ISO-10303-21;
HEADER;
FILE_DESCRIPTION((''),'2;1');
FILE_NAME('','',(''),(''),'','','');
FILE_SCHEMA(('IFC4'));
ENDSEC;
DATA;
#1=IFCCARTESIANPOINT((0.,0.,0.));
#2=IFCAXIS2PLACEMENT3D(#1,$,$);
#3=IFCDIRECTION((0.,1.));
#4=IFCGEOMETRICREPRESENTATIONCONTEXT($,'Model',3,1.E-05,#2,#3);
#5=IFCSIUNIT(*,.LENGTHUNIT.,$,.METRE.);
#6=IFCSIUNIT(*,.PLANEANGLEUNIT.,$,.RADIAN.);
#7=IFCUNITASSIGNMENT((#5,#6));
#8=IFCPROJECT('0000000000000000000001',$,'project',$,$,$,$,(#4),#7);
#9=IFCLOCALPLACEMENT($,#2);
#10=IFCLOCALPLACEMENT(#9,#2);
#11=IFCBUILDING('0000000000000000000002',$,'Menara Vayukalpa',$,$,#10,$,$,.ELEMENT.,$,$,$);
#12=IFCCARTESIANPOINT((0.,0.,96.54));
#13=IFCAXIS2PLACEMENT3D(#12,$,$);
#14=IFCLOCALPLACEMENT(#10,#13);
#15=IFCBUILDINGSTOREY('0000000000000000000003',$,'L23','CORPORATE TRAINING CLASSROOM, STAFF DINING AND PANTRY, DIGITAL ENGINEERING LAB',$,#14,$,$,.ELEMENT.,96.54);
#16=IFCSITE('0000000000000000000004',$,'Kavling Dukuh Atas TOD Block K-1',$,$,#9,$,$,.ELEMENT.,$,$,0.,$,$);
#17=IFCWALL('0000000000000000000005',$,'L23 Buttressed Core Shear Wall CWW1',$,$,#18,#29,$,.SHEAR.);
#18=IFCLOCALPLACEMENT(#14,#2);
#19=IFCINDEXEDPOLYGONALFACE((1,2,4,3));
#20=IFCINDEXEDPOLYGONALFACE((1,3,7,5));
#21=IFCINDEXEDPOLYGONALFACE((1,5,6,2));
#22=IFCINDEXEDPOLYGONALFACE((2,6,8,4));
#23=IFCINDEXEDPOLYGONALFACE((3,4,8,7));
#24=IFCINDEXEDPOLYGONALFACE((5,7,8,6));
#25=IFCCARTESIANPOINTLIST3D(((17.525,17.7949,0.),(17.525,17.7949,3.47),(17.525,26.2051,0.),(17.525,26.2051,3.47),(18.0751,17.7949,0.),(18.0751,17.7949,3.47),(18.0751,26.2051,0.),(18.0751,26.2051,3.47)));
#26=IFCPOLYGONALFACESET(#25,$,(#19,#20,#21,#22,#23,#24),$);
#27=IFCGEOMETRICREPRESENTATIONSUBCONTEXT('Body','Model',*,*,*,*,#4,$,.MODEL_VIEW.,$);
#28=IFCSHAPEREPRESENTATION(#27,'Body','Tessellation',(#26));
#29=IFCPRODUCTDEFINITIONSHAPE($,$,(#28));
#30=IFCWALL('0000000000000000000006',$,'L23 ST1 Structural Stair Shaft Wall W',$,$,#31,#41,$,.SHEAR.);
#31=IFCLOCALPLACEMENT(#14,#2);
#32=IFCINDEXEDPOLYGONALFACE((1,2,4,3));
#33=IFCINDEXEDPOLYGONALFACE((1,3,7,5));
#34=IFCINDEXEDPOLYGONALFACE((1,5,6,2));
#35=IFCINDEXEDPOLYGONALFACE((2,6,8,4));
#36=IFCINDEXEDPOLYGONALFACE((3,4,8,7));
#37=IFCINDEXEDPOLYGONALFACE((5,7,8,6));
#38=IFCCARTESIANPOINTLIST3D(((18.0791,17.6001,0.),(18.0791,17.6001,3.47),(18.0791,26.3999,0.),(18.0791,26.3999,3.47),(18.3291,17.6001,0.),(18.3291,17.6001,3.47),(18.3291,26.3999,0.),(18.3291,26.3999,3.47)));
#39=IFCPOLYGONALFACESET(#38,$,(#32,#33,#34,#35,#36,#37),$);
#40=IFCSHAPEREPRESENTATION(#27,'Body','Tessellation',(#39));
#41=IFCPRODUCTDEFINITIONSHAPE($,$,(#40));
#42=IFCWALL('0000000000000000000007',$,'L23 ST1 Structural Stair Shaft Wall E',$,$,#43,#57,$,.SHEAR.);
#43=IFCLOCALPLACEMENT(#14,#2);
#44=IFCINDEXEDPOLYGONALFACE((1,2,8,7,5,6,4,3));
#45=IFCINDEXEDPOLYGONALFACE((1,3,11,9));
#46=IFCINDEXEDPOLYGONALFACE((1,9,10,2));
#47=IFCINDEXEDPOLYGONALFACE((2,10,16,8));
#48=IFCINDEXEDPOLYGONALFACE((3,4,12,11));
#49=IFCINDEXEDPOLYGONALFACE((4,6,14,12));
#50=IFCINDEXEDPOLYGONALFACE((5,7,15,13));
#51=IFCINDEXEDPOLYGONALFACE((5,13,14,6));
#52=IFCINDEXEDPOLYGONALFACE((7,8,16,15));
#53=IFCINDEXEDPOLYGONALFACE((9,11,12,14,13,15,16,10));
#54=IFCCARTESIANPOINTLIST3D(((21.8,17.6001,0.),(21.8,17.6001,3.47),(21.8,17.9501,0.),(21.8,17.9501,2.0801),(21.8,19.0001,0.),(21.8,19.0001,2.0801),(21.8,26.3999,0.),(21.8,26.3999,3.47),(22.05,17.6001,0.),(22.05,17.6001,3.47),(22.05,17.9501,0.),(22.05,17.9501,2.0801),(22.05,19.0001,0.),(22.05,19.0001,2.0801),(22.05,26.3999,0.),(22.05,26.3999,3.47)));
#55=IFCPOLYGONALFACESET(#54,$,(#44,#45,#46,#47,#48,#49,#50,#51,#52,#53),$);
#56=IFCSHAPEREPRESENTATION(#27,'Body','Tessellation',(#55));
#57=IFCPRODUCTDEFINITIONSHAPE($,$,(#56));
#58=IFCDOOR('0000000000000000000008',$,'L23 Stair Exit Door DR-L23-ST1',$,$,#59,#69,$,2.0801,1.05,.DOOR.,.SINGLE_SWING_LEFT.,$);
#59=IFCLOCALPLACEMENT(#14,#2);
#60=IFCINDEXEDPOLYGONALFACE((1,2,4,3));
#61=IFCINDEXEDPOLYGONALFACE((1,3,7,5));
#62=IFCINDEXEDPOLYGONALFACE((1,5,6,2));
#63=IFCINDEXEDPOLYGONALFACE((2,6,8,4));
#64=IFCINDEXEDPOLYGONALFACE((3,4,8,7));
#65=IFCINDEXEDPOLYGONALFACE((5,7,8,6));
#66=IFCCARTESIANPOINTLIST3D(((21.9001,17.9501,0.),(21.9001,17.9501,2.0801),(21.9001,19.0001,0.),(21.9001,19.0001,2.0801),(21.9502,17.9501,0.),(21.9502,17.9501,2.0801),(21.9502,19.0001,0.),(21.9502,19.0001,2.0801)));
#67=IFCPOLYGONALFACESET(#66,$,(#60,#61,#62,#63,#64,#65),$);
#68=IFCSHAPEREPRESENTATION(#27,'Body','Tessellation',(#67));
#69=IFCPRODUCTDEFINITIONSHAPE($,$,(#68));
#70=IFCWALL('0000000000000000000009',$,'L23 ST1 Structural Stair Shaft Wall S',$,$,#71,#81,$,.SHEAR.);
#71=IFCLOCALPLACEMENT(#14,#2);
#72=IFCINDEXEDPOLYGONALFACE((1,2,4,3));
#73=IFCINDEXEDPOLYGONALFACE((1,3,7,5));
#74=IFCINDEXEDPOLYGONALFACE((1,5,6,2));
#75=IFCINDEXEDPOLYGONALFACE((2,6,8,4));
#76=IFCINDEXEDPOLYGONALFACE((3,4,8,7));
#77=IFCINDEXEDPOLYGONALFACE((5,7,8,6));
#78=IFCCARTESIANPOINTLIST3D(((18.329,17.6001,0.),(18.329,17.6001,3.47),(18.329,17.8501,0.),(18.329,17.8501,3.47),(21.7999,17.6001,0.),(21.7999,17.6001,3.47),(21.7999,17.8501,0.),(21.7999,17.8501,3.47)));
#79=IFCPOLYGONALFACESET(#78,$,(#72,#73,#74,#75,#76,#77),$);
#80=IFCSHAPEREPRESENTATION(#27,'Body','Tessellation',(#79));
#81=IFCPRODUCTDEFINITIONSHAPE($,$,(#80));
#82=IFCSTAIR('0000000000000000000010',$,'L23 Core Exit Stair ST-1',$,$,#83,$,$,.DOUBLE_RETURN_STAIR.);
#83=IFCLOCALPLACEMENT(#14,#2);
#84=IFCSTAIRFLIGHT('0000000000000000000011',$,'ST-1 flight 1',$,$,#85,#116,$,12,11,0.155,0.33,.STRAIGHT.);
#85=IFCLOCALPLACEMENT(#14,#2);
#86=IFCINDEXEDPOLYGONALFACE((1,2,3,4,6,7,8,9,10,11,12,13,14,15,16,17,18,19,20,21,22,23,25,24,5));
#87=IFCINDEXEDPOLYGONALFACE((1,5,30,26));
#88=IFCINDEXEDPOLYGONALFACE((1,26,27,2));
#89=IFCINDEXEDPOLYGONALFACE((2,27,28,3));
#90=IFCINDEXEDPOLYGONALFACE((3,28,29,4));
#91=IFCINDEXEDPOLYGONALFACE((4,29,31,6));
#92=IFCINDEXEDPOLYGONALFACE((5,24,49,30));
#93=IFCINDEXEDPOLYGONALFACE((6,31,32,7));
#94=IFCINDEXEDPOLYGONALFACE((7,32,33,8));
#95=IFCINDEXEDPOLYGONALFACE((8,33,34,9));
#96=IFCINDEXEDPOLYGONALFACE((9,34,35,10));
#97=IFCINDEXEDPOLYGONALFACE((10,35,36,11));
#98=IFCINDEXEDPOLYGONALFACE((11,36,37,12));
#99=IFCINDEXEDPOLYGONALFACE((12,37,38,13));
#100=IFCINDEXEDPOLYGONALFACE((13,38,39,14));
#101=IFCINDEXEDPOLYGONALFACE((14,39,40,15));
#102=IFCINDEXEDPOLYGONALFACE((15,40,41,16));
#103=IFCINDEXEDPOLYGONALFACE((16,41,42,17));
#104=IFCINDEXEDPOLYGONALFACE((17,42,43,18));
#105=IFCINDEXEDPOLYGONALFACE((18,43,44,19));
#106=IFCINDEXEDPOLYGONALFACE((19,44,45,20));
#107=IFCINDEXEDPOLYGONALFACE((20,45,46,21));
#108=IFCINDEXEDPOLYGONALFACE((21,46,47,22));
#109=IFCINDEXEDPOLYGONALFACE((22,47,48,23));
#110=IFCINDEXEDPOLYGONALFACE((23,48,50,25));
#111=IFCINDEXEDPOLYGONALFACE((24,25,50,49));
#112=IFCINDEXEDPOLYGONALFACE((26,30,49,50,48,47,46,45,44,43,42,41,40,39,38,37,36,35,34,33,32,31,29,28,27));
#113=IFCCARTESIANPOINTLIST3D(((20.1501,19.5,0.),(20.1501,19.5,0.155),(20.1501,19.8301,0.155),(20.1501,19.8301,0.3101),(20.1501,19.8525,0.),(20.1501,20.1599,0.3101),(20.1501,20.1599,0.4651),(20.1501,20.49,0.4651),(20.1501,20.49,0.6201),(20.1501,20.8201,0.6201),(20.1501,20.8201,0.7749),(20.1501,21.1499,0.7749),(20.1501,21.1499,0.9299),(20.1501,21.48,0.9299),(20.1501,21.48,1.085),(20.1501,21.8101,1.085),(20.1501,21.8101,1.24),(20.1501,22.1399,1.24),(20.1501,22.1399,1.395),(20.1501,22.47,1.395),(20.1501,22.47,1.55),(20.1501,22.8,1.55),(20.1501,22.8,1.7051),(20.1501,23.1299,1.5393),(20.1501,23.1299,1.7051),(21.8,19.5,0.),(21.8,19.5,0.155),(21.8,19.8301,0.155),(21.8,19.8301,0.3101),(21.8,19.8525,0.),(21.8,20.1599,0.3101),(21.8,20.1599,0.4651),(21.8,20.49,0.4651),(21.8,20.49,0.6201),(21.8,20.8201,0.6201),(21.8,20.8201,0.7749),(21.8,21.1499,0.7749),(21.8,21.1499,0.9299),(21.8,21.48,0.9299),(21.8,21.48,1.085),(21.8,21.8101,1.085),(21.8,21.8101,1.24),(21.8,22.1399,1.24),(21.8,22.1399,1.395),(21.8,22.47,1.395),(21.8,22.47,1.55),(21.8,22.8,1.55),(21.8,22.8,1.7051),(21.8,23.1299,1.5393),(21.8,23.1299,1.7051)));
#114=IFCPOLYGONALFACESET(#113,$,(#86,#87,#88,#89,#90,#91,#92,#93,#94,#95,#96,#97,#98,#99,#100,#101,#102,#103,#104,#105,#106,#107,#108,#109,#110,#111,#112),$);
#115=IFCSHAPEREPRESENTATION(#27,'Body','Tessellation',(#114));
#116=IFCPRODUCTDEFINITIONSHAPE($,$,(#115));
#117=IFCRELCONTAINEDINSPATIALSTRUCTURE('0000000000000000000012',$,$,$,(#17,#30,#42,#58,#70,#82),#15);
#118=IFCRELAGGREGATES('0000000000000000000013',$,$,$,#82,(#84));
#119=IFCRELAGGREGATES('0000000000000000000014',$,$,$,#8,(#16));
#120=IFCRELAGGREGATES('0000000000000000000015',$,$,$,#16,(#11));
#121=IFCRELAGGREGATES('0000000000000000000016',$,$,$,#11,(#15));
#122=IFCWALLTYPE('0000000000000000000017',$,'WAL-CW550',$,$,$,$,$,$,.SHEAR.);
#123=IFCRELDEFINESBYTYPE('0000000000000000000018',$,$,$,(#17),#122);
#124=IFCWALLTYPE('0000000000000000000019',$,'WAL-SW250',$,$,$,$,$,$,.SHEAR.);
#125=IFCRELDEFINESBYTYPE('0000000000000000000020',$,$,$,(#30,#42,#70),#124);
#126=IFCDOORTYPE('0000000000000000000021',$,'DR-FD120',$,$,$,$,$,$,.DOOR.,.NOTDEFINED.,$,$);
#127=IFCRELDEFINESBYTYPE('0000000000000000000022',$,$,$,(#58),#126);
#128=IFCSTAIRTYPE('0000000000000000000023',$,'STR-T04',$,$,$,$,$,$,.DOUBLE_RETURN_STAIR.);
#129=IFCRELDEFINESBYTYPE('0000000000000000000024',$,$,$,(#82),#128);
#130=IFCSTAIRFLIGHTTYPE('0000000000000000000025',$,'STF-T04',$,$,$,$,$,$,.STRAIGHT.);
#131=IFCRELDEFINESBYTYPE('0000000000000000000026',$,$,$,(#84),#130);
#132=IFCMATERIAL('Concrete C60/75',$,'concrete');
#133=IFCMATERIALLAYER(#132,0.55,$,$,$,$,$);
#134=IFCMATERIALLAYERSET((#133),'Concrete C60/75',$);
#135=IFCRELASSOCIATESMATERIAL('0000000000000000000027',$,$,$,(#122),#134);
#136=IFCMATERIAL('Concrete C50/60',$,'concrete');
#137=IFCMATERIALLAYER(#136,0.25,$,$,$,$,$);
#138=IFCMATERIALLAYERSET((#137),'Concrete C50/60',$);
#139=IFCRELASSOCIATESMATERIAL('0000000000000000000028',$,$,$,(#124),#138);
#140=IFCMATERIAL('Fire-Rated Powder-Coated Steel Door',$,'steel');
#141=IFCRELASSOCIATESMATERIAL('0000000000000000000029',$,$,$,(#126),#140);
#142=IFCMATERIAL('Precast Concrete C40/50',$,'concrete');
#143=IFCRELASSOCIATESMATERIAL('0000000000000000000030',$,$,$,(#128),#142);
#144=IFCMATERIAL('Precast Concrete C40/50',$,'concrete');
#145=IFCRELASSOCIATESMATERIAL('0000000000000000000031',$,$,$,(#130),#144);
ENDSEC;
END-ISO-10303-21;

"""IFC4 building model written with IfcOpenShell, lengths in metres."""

from ifc_helpers import new_model, si_unit, direction, frame, frame_2d, origin, place, context, subcontext, project, spatial, polyline, rectangle, outline, extrude, material, layer, layer_set, type_object, element, fill, aggregate, save


model = new_model("IFC4")

# Units and contexts
model_context = context("Model", 3, precision=1e-05, world=origin(), true_north=direction((0.0, 1.0)))
body_context = subcontext(model_context, "Body", "Model", "MODEL_VIEW")
ifc_project = project(units=[si_unit("LENGTHUNIT", "METRE"), si_unit("PLANEANGLEUNIT", "RADIAN")], contexts=[model_context])

# Site, building, storey
site_placement = place(None, origin())
site = spatial("IfcSite", under=ifc_project, at=site_placement, Name="Kavling Dukuh Atas TOD Block K-1", CompositionType="ELEMENT", RefElevation=0.0)
building_placement = place(site_placement, origin())
building = spatial("IfcBuilding", under=site, at=building_placement, Name="Menara Vayukalpa", CompositionType="ELEMENT")
storey_placement = place(building_placement, frame((0.0, 0.0, 96.54)))
storey = spatial("IfcBuildingStorey", under=building, at=storey_placement, Name="L23", Description="CORPORATE TRAINING CLASSROOM, STAFF DINING AND PANTRY, DIGITAL ENGINEERING LAB", CompositionType="ELEMENT", Elevation=96.54)

# Walls
ifc_material_1 = material(Name="Concrete C60/75", Category="concrete")
ifc_layer_1 = layer(ifc_material_1, 0.55)
ifc_layer_set_1 = layer_set([ifc_layer_1], Name="Concrete C60/75")
wall_type_1 = type_object("IfcWallType", Name="WAL-CW550", PredefinedType="SHEAR", material=ifc_layer_set_1)
wall_1_placement = place(storey_placement, frame((17.8, 17.7949, 0.0), z_axis=(0.0, 0.0, 1.0), x_axis=(0.0, 1.0, 0.0)))
element("IfcWall", 1, at=wall_1_placement, inside=storey, type_object=wall_type_1, Name="L23 Buttressed Core Shear Wall CWW1", PredefinedType="SHEAR", context=body_context, shape_type="SweptSolid", body=[
    extrude(rectangle(XDim=8.4102, YDim=0.55, at=frame_2d((4.2051, 0.0))), origin(), (0.0, 0.0, 1.0), 3.47),
])
ifc_material_2 = material(Name="Concrete C50/60", Category="concrete")
ifc_layer_2 = layer(ifc_material_2, 0.25)
ifc_layer_set_2 = layer_set([ifc_layer_2], Name="Concrete C50/60")
wall_type_2 = type_object("IfcWallType", Name="WAL-SW250", PredefinedType="SHEAR", material=ifc_layer_set_2)
wall_2_placement = place(storey_placement, frame((18.2041, 17.6001, 0.0), z_axis=(0.0, 0.0, 1.0), x_axis=(0.0, 1.0, 0.0)))
element("IfcWall", 2, at=wall_2_placement, inside=storey, type_object=wall_type_2, Name="L23 ST1 Structural Stair Shaft Wall W", PredefinedType="SHEAR", context=body_context, shape_type="SweptSolid", body=[
    extrude(rectangle(XDim=8.7998, YDim=0.25, at=frame_2d((4.3999, 0.0))), origin(), (0.0, 0.0, 1.0), 3.47),
])

# Wall, opening, door
wall_3_placement = place(storey_placement, frame((21.925, 17.6001, 0.0), z_axis=(0.0, 0.0, 1.0), x_axis=(0.0, 1.0, 0.0)))
wall_3 = element("IfcWall", 3, at=wall_3_placement, inside=storey, type_object=wall_type_2, Name="L23 ST1 Structural Stair Shaft Wall E", PredefinedType="SHEAR", context=body_context, shape_type="SweptSolid", body=[
    extrude(rectangle(XDim=8.7998, YDim=0.25, at=frame_2d((4.3999, 0.0))), origin(), (0.0, 0.0, 1.0), 3.47),
])
opening_placement = place(wall_3_placement, frame((0.3501, 0.0, 0.0)))
opening = element("IfcOpeningElement", 4, at=opening_placement, cuts=wall_3, PredefinedType="OPENING", context=body_context, shape_type="SweptSolid", body=[
    extrude(rectangle(XDim=1.05, YDim=2.0801, at=frame_2d((0.5249, 1.04))), frame((0.0, 0.135, 0.0), z_axis=(0.0, -1.0, 0.0), x_axis=(1.0, 0.0, 0.0)), (0.0, 0.0, 1.0), 0.27),
])
ifc_material_3 = material(Name="Fire-Rated Powder-Coated Steel Door", Category="steel")
door_type = type_object("IfcDoorType", Name="DR-FD120", OperationType="NOTDEFINED", PredefinedType="DOOR", material=ifc_material_3)
door_placement = place(opening_placement, origin())
door = element("IfcDoor", 5, at=door_placement, inside=storey, type_object=door_type, Name="L23 Stair Exit Door DR-L23-ST1", OperationType="SINGLE_SWING_LEFT", OverallHeight=2.0801, OverallWidth=1.05, PredefinedType="DOOR", context=body_context, shape_type="SweptSolid", body=[
    extrude(rectangle(XDim=1.05, YDim=2.0801, at=frame_2d((0.5249, 1.04))), frame((0.0, 0.0249, 0.0), z_axis=(0.0, -1.0, 0.0), x_axis=(1.0, 0.0, 0.0)), (0.0, 0.0, 1.0), 0.05),
])
fill(opening, door)

# Wall
wall_4_placement = place(storey_placement, frame((18.3291, 17.7251, 0.0), z_axis=(0.0, 0.0, 1.0), x_axis=(1.0, 0.0, 0.0)))
element("IfcWall", 6, at=wall_4_placement, inside=storey, type_object=wall_type_2, Name="L23 ST1 Structural Stair Shaft Wall S", PredefinedType="SHEAR", context=body_context, shape_type="SweptSolid", body=[
    extrude(rectangle(XDim=3.4709, YDim=0.25, at=frame_2d((1.7354, 0.0))), origin(), (0.0, 0.0, 1.0), 3.47),
])

# Stair, stair flight
ifc_material_4 = material(Name="Precast Concrete C40/50", Category="concrete")
stair_type = type_object("IfcStairType", Name="STR-T04", PredefinedType="DOUBLE_RETURN_STAIR", material=ifc_material_4)
stair_placement = place(storey_placement, origin())
stair = element("IfcStair", 7, at=stair_placement, inside=storey, type_object=stair_type, Name="L23 Core Exit Stair ST-1", PredefinedType="DOUBLE_RETURN_STAIR")
ifc_material_5 = material(Name="Precast Concrete C40/50", Category="concrete")
stair_flight_type = type_object("IfcStairFlightType", Name="STF-T04", PredefinedType="STRAIGHT", material=ifc_material_5)
stair_flight_placement = place(storey_placement, frame((20.9751, 19.5, 0.0), z_axis=(0.0, 0.0, 1.0), x_axis=(0.0, 1.0, 0.0)))
stair_flight = element("IfcStairFlight", 8, at=stair_flight_placement, type_object=stair_flight_type, Name="ST-1 flight 1", NumberOfRisers=12, NumberOfTreads=11, PredefinedType="STRAIGHT", RiserHeight=0.155, TreadLength=0.33, context=body_context, shape_type="SweptSolid", body=[
    extrude(outline(polyline([(0.0, 0.0), (0.0, 0.155), (0.3301, 0.155), (0.3301, 0.3101), (0.6599, 0.3101), (0.6599, 0.4651), (0.99, 0.4651), (0.99, 0.6201), (1.3201, 0.6201), (1.3201, 0.7749), (1.6499, 0.7749), (1.6499, 0.9299), (1.98, 0.9299), (1.98, 1.085), (2.3101, 1.085), (2.3101, 1.24), (2.6399, 1.24), (2.6399, 1.395), (2.97, 1.395), (2.97, 1.55), (3.3, 1.55), (3.3, 1.7051), (3.6299, 1.7051), (3.6299, 1.8601), (3.6299, 1.5393), (0.3525, 0.0), (0.0, 0.0)])), frame((0.0, 0.825, 0.0), z_axis=(0.0, -1.0, 0.0), x_axis=(1.0, 0.0, 0.0)), (0.0, 0.0, 1.0), 1.6499),
])
aggregate(stair, [stair_flight])

save(model, "model.ifc")
